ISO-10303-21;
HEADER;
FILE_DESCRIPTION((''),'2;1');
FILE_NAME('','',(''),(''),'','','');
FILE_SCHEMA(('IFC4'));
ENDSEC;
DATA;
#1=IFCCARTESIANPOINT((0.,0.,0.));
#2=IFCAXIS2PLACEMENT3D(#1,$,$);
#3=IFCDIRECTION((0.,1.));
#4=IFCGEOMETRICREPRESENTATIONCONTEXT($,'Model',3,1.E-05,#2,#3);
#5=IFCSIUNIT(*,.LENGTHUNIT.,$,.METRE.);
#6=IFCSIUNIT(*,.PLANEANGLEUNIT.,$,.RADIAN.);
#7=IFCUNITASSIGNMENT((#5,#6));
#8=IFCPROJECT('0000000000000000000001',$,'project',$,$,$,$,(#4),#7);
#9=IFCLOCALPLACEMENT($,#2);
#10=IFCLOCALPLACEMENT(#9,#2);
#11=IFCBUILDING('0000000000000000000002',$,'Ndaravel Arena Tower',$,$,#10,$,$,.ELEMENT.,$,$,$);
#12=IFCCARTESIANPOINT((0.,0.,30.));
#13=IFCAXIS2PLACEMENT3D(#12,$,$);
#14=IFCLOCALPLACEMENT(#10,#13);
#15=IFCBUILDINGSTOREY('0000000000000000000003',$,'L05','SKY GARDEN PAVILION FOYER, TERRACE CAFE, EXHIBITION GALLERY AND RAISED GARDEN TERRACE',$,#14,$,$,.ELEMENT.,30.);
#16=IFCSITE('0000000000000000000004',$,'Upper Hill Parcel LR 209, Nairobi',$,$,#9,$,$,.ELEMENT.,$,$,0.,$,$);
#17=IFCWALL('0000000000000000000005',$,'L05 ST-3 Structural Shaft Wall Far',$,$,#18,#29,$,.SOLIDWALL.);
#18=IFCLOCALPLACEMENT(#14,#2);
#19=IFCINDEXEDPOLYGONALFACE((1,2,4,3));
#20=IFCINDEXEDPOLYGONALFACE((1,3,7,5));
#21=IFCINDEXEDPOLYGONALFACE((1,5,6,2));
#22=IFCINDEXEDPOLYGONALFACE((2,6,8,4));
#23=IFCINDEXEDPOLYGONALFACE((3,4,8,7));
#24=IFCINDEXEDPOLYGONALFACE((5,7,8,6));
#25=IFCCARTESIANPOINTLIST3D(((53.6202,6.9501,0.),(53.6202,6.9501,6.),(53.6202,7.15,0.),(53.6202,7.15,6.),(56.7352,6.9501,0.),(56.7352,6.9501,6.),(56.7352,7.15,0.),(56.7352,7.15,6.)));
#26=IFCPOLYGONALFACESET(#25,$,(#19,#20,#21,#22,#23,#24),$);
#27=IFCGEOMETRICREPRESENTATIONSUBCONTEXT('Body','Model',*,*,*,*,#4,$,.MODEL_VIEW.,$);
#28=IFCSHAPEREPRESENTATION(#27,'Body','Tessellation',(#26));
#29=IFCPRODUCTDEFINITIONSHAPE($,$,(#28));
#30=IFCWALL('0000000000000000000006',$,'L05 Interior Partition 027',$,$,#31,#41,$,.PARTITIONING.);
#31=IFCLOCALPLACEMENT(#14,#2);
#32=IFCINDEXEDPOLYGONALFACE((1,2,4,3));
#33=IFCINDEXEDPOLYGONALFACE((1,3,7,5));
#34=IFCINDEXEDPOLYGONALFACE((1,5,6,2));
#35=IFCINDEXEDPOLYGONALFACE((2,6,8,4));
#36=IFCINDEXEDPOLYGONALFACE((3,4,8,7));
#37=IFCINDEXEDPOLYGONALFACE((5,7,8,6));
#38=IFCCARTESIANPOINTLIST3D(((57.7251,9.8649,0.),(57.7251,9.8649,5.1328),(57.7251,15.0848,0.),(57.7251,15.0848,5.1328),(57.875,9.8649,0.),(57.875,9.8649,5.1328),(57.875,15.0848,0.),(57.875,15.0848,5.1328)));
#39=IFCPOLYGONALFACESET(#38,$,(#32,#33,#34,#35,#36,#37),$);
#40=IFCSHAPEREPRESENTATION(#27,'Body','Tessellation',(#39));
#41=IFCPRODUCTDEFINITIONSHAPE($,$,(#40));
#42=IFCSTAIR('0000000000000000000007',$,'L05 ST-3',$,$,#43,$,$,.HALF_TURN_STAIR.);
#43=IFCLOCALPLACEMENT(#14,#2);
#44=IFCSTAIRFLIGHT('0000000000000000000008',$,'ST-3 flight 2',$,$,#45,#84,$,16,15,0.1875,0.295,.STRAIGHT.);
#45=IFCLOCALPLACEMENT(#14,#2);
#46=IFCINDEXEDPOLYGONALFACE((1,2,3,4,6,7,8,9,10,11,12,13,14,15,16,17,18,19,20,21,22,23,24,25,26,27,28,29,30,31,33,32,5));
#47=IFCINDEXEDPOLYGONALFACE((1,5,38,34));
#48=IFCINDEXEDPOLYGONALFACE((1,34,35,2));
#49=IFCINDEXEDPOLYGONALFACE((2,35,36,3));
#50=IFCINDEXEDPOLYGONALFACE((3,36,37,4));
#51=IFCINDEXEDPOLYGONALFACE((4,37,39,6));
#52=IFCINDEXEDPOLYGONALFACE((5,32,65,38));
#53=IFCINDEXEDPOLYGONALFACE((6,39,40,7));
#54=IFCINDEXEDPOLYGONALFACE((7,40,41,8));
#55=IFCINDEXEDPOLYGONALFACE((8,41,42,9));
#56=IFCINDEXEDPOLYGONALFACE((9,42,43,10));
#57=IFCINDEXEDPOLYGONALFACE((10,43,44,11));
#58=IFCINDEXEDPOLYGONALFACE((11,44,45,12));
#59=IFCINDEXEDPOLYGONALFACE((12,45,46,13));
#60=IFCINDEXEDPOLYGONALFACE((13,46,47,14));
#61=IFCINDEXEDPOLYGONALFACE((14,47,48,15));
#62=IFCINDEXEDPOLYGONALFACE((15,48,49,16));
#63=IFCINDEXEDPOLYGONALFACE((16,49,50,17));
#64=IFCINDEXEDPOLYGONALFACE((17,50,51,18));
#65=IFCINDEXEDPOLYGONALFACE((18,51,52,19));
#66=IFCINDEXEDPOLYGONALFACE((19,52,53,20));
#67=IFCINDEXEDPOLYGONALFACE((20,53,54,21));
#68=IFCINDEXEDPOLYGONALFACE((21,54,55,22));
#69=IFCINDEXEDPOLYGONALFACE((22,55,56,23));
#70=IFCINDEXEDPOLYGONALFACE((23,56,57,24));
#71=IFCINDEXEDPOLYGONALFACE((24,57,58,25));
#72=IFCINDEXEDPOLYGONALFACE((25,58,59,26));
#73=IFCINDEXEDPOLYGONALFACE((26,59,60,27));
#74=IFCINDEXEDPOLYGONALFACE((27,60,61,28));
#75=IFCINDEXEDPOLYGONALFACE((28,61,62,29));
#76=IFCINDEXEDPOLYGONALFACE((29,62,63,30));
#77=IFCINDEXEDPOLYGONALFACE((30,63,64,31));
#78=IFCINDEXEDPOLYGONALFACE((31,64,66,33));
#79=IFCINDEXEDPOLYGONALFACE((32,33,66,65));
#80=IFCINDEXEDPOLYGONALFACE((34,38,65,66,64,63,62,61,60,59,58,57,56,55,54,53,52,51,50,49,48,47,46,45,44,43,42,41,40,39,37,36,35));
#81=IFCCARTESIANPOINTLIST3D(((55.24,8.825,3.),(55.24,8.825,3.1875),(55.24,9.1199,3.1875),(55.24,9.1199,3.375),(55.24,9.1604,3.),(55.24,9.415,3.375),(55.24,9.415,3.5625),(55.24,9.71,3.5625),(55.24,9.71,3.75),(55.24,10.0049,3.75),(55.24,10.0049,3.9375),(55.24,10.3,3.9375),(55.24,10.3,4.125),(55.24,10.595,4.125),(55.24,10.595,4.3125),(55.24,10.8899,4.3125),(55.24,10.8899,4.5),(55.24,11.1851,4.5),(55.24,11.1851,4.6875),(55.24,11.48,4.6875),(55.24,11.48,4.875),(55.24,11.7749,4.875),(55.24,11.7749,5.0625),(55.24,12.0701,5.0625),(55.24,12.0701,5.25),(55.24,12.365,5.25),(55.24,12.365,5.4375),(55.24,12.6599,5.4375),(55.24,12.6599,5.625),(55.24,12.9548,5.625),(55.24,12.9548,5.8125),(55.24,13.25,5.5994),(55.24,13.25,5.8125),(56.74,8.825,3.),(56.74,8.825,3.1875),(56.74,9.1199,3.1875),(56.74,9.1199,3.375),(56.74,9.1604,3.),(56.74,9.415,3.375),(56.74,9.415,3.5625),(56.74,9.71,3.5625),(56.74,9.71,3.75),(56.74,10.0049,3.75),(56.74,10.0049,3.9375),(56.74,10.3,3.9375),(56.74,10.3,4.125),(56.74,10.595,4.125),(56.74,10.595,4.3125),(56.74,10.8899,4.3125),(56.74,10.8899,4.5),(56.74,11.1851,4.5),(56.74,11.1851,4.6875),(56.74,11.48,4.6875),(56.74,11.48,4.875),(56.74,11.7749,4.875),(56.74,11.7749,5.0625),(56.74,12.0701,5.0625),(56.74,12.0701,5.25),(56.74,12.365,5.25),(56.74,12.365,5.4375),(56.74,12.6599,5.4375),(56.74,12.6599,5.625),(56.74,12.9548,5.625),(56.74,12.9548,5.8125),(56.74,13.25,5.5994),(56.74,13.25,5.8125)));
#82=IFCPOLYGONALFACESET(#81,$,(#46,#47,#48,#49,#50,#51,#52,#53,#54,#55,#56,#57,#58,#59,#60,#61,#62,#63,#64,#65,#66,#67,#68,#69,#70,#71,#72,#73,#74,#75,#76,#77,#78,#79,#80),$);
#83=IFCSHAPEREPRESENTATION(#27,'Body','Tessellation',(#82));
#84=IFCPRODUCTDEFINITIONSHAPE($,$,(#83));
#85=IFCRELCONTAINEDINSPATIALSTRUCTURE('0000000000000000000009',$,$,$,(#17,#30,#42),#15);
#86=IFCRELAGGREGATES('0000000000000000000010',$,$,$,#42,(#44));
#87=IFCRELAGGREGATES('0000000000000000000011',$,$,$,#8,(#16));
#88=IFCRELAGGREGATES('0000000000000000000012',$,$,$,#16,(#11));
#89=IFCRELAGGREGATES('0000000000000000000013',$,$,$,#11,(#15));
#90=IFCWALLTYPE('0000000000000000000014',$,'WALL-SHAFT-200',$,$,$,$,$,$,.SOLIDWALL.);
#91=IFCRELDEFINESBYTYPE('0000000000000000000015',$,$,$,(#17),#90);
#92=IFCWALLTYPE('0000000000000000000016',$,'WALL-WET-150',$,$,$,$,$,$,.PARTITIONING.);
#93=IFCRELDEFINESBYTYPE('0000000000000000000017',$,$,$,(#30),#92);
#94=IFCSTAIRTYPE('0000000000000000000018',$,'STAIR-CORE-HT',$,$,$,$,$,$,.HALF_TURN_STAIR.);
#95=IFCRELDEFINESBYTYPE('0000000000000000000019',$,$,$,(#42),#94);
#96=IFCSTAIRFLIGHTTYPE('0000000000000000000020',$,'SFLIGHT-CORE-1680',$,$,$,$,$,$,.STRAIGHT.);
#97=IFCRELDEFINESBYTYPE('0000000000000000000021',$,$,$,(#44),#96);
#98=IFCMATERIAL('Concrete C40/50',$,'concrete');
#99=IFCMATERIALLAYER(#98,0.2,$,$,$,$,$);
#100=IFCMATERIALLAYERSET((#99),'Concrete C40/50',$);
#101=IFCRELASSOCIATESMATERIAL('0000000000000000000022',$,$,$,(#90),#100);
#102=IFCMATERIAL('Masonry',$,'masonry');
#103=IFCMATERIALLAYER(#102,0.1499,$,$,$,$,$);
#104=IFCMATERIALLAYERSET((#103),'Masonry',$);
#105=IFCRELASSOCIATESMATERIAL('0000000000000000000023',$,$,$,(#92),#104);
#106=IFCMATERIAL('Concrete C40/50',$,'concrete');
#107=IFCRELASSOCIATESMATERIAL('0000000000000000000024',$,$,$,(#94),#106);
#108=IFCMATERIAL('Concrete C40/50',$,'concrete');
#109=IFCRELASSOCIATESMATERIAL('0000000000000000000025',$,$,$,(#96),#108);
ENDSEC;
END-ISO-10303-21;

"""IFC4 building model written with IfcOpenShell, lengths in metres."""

from ifc_helpers import new_model, si_unit, direction, frame, frame_2d, origin, place, context, subcontext, project, spatial, polyline, rectangle, outline, extrude, material, layer, layer_set, type_object, element, aggregate, save


model = new_model("IFC4")

# Units and contexts
model_context = context("Model", 3, precision=1e-05, world=origin(), true_north=direction((0.0, 1.0)))
body_context = subcontext(model_context, "Body", "Model", "MODEL_VIEW")
ifc_project = project(units=[si_unit("LENGTHUNIT", "METRE"), si_unit("PLANEANGLEUNIT", "RADIAN")], contexts=[model_context])

# Site, building, storey
site_placement = place(None, origin())
site = spatial("IfcSite", under=ifc_project, at=site_placement, Name="Upper Hill Parcel LR 209, Nairobi", CompositionType="ELEMENT", RefElevation=0.0)
building_placement = place(site_placement, origin())
building = spatial("IfcBuilding", under=site, at=building_placement, Name="Ndaravel Arena Tower", CompositionType="ELEMENT")
storey_placement = place(building_placement, frame((0.0, 0.0, 30.0)))
storey = spatial("IfcBuildingStorey", under=building, at=storey_placement, Name="L05", Description="SKY GARDEN PAVILION FOYER, TERRACE CAFE, EXHIBITION GALLERY AND RAISED GARDEN TERRACE", CompositionType="ELEMENT", Elevation=30.0)

# Wall
ifc_material_1 = material(Name="Concrete C40/50", Category="concrete")
ifc_layer_1 = layer(ifc_material_1, 0.2)
ifc_layer_set_1 = layer_set([ifc_layer_1], Name="Concrete C40/50")
wall_type_1 = type_object("IfcWallType", Name="WALL-SHAFT-200", PredefinedType="SOLIDWALL", material=ifc_layer_set_1)
wall_1_placement = place(storey_placement, frame((53.6201, 7.05, 0.0), z_axis=(0.0, 0.0, 1.0), x_axis=(1.0, 0.0, 0.0)))
element("IfcWall", 1, at=wall_1_placement, inside=storey, type_object=wall_type_1, Name="L05 ST-3 Structural Shaft Wall Far", PredefinedType="SOLIDWALL", context=body_context, shape_type="SweptSolid", body=[
    extrude(rectangle(XDim=3.115, YDim=0.2, at=frame_2d((1.5576, 0.0))), origin(), (0.0, 0.0, 1.0), 6.0),
])

# Wall
ifc_material_2 = material(Name="Masonry", Category="masonry")
ifc_layer_2 = layer(ifc_material_2, 0.1499)
ifc_layer_set_2 = layer_set([ifc_layer_2], Name="Masonry")
wall_type_2 = type_object("IfcWallType", Name="WALL-WET-150", PredefinedType="PARTITIONING", material=ifc_layer_set_2)
wall_2_placement = place(storey_placement, frame((57.8, 9.865, 0.0), z_axis=(0.0, 0.0, 1.0), x_axis=(0.0, 1.0, 0.0)))
element("IfcWall", 2, at=wall_2_placement, inside=storey, type_object=wall_type_2, Name="L05 Interior Partition 027", PredefinedType="PARTITIONING", context=body_context, shape_type="SweptSolid", body=[
    extrude(rectangle(XDim=5.22, YDim=0.1499, at=frame_2d((2.6099, 0.0))), origin(), (0.0, 0.0, 1.0), 5.1328),
])

# Stair, stair flight
ifc_material_3 = material(Name="Concrete C40/50", Category="concrete")
stair_type = type_object("IfcStairType", Name="STAIR-CORE-HT", PredefinedType="HALF_TURN_STAIR", material=ifc_material_3)
stair_placement = place(storey_placement, origin())
stair = element("IfcStair", 3, at=stair_placement, inside=storey, type_object=stair_type, Name="L05 ST-3", PredefinedType="HALF_TURN_STAIR")
ifc_material_4 = material(Name="Concrete C40/50", Category="concrete")
stair_flight_type = type_object("IfcStairFlightType", Name="SFLIGHT-CORE-1680", PredefinedType="STRAIGHT", material=ifc_material_4)
stair_flight_placement = place(storey_placement, frame((55.99, 8.825, 3.0), z_axis=(0.0, 0.0, 1.0), x_axis=(0.0, 1.0, 0.0)))
stair_flight = element("IfcStairFlight", 4, at=stair_flight_placement, type_object=stair_flight_type, Name="ST-3 flight 2", NumberOfRisers=16, NumberOfTreads=15, PredefinedType="STRAIGHT", RiserHeight=0.1875, TreadLength=0.295, context=body_context, shape_type="SweptSolid", body=[
    extrude(outline(polyline([(0.0, 0.0), (0.0, 0.1875), (0.2949, 0.1875), (0.2949, 0.375), (0.5901, 0.375), (0.5901, 0.5625), (0.885, 0.5625), (0.885, 0.75), (1.1799, 0.75), (1.1799, 0.9375), (1.4751, 0.9375), (1.4751, 1.125), (1.77, 1.125), (1.77, 1.3125), (2.0649, 1.3125), (2.0649, 1.5), (2.3601, 1.5), (2.3601, 1.6875), (2.655, 1.6875), (2.655, 1.875), (2.95, 1.875), (2.95, 2.0625), (3.2451, 2.0625), (3.2451, 2.25), (3.54, 2.25), (3.54, 2.4375), (3.835, 2.4375), (3.835, 2.625), (4.1299, 2.625), (4.1299, 2.8125), (4.425, 2.8125), (4.425, 3.0), (4.425, 2.5994), (0.3354, 0.0), (0.0, 0.0)])), frame((0.0, 0.75, 0.0), z_axis=(0.0, -1.0, 0.0), x_axis=(1.0, 0.0, 0.0)), (0.0, 0.0, 1.0), 1.5),
])
aggregate(stair, [stair_flight])

save(model, "model.ifc")
